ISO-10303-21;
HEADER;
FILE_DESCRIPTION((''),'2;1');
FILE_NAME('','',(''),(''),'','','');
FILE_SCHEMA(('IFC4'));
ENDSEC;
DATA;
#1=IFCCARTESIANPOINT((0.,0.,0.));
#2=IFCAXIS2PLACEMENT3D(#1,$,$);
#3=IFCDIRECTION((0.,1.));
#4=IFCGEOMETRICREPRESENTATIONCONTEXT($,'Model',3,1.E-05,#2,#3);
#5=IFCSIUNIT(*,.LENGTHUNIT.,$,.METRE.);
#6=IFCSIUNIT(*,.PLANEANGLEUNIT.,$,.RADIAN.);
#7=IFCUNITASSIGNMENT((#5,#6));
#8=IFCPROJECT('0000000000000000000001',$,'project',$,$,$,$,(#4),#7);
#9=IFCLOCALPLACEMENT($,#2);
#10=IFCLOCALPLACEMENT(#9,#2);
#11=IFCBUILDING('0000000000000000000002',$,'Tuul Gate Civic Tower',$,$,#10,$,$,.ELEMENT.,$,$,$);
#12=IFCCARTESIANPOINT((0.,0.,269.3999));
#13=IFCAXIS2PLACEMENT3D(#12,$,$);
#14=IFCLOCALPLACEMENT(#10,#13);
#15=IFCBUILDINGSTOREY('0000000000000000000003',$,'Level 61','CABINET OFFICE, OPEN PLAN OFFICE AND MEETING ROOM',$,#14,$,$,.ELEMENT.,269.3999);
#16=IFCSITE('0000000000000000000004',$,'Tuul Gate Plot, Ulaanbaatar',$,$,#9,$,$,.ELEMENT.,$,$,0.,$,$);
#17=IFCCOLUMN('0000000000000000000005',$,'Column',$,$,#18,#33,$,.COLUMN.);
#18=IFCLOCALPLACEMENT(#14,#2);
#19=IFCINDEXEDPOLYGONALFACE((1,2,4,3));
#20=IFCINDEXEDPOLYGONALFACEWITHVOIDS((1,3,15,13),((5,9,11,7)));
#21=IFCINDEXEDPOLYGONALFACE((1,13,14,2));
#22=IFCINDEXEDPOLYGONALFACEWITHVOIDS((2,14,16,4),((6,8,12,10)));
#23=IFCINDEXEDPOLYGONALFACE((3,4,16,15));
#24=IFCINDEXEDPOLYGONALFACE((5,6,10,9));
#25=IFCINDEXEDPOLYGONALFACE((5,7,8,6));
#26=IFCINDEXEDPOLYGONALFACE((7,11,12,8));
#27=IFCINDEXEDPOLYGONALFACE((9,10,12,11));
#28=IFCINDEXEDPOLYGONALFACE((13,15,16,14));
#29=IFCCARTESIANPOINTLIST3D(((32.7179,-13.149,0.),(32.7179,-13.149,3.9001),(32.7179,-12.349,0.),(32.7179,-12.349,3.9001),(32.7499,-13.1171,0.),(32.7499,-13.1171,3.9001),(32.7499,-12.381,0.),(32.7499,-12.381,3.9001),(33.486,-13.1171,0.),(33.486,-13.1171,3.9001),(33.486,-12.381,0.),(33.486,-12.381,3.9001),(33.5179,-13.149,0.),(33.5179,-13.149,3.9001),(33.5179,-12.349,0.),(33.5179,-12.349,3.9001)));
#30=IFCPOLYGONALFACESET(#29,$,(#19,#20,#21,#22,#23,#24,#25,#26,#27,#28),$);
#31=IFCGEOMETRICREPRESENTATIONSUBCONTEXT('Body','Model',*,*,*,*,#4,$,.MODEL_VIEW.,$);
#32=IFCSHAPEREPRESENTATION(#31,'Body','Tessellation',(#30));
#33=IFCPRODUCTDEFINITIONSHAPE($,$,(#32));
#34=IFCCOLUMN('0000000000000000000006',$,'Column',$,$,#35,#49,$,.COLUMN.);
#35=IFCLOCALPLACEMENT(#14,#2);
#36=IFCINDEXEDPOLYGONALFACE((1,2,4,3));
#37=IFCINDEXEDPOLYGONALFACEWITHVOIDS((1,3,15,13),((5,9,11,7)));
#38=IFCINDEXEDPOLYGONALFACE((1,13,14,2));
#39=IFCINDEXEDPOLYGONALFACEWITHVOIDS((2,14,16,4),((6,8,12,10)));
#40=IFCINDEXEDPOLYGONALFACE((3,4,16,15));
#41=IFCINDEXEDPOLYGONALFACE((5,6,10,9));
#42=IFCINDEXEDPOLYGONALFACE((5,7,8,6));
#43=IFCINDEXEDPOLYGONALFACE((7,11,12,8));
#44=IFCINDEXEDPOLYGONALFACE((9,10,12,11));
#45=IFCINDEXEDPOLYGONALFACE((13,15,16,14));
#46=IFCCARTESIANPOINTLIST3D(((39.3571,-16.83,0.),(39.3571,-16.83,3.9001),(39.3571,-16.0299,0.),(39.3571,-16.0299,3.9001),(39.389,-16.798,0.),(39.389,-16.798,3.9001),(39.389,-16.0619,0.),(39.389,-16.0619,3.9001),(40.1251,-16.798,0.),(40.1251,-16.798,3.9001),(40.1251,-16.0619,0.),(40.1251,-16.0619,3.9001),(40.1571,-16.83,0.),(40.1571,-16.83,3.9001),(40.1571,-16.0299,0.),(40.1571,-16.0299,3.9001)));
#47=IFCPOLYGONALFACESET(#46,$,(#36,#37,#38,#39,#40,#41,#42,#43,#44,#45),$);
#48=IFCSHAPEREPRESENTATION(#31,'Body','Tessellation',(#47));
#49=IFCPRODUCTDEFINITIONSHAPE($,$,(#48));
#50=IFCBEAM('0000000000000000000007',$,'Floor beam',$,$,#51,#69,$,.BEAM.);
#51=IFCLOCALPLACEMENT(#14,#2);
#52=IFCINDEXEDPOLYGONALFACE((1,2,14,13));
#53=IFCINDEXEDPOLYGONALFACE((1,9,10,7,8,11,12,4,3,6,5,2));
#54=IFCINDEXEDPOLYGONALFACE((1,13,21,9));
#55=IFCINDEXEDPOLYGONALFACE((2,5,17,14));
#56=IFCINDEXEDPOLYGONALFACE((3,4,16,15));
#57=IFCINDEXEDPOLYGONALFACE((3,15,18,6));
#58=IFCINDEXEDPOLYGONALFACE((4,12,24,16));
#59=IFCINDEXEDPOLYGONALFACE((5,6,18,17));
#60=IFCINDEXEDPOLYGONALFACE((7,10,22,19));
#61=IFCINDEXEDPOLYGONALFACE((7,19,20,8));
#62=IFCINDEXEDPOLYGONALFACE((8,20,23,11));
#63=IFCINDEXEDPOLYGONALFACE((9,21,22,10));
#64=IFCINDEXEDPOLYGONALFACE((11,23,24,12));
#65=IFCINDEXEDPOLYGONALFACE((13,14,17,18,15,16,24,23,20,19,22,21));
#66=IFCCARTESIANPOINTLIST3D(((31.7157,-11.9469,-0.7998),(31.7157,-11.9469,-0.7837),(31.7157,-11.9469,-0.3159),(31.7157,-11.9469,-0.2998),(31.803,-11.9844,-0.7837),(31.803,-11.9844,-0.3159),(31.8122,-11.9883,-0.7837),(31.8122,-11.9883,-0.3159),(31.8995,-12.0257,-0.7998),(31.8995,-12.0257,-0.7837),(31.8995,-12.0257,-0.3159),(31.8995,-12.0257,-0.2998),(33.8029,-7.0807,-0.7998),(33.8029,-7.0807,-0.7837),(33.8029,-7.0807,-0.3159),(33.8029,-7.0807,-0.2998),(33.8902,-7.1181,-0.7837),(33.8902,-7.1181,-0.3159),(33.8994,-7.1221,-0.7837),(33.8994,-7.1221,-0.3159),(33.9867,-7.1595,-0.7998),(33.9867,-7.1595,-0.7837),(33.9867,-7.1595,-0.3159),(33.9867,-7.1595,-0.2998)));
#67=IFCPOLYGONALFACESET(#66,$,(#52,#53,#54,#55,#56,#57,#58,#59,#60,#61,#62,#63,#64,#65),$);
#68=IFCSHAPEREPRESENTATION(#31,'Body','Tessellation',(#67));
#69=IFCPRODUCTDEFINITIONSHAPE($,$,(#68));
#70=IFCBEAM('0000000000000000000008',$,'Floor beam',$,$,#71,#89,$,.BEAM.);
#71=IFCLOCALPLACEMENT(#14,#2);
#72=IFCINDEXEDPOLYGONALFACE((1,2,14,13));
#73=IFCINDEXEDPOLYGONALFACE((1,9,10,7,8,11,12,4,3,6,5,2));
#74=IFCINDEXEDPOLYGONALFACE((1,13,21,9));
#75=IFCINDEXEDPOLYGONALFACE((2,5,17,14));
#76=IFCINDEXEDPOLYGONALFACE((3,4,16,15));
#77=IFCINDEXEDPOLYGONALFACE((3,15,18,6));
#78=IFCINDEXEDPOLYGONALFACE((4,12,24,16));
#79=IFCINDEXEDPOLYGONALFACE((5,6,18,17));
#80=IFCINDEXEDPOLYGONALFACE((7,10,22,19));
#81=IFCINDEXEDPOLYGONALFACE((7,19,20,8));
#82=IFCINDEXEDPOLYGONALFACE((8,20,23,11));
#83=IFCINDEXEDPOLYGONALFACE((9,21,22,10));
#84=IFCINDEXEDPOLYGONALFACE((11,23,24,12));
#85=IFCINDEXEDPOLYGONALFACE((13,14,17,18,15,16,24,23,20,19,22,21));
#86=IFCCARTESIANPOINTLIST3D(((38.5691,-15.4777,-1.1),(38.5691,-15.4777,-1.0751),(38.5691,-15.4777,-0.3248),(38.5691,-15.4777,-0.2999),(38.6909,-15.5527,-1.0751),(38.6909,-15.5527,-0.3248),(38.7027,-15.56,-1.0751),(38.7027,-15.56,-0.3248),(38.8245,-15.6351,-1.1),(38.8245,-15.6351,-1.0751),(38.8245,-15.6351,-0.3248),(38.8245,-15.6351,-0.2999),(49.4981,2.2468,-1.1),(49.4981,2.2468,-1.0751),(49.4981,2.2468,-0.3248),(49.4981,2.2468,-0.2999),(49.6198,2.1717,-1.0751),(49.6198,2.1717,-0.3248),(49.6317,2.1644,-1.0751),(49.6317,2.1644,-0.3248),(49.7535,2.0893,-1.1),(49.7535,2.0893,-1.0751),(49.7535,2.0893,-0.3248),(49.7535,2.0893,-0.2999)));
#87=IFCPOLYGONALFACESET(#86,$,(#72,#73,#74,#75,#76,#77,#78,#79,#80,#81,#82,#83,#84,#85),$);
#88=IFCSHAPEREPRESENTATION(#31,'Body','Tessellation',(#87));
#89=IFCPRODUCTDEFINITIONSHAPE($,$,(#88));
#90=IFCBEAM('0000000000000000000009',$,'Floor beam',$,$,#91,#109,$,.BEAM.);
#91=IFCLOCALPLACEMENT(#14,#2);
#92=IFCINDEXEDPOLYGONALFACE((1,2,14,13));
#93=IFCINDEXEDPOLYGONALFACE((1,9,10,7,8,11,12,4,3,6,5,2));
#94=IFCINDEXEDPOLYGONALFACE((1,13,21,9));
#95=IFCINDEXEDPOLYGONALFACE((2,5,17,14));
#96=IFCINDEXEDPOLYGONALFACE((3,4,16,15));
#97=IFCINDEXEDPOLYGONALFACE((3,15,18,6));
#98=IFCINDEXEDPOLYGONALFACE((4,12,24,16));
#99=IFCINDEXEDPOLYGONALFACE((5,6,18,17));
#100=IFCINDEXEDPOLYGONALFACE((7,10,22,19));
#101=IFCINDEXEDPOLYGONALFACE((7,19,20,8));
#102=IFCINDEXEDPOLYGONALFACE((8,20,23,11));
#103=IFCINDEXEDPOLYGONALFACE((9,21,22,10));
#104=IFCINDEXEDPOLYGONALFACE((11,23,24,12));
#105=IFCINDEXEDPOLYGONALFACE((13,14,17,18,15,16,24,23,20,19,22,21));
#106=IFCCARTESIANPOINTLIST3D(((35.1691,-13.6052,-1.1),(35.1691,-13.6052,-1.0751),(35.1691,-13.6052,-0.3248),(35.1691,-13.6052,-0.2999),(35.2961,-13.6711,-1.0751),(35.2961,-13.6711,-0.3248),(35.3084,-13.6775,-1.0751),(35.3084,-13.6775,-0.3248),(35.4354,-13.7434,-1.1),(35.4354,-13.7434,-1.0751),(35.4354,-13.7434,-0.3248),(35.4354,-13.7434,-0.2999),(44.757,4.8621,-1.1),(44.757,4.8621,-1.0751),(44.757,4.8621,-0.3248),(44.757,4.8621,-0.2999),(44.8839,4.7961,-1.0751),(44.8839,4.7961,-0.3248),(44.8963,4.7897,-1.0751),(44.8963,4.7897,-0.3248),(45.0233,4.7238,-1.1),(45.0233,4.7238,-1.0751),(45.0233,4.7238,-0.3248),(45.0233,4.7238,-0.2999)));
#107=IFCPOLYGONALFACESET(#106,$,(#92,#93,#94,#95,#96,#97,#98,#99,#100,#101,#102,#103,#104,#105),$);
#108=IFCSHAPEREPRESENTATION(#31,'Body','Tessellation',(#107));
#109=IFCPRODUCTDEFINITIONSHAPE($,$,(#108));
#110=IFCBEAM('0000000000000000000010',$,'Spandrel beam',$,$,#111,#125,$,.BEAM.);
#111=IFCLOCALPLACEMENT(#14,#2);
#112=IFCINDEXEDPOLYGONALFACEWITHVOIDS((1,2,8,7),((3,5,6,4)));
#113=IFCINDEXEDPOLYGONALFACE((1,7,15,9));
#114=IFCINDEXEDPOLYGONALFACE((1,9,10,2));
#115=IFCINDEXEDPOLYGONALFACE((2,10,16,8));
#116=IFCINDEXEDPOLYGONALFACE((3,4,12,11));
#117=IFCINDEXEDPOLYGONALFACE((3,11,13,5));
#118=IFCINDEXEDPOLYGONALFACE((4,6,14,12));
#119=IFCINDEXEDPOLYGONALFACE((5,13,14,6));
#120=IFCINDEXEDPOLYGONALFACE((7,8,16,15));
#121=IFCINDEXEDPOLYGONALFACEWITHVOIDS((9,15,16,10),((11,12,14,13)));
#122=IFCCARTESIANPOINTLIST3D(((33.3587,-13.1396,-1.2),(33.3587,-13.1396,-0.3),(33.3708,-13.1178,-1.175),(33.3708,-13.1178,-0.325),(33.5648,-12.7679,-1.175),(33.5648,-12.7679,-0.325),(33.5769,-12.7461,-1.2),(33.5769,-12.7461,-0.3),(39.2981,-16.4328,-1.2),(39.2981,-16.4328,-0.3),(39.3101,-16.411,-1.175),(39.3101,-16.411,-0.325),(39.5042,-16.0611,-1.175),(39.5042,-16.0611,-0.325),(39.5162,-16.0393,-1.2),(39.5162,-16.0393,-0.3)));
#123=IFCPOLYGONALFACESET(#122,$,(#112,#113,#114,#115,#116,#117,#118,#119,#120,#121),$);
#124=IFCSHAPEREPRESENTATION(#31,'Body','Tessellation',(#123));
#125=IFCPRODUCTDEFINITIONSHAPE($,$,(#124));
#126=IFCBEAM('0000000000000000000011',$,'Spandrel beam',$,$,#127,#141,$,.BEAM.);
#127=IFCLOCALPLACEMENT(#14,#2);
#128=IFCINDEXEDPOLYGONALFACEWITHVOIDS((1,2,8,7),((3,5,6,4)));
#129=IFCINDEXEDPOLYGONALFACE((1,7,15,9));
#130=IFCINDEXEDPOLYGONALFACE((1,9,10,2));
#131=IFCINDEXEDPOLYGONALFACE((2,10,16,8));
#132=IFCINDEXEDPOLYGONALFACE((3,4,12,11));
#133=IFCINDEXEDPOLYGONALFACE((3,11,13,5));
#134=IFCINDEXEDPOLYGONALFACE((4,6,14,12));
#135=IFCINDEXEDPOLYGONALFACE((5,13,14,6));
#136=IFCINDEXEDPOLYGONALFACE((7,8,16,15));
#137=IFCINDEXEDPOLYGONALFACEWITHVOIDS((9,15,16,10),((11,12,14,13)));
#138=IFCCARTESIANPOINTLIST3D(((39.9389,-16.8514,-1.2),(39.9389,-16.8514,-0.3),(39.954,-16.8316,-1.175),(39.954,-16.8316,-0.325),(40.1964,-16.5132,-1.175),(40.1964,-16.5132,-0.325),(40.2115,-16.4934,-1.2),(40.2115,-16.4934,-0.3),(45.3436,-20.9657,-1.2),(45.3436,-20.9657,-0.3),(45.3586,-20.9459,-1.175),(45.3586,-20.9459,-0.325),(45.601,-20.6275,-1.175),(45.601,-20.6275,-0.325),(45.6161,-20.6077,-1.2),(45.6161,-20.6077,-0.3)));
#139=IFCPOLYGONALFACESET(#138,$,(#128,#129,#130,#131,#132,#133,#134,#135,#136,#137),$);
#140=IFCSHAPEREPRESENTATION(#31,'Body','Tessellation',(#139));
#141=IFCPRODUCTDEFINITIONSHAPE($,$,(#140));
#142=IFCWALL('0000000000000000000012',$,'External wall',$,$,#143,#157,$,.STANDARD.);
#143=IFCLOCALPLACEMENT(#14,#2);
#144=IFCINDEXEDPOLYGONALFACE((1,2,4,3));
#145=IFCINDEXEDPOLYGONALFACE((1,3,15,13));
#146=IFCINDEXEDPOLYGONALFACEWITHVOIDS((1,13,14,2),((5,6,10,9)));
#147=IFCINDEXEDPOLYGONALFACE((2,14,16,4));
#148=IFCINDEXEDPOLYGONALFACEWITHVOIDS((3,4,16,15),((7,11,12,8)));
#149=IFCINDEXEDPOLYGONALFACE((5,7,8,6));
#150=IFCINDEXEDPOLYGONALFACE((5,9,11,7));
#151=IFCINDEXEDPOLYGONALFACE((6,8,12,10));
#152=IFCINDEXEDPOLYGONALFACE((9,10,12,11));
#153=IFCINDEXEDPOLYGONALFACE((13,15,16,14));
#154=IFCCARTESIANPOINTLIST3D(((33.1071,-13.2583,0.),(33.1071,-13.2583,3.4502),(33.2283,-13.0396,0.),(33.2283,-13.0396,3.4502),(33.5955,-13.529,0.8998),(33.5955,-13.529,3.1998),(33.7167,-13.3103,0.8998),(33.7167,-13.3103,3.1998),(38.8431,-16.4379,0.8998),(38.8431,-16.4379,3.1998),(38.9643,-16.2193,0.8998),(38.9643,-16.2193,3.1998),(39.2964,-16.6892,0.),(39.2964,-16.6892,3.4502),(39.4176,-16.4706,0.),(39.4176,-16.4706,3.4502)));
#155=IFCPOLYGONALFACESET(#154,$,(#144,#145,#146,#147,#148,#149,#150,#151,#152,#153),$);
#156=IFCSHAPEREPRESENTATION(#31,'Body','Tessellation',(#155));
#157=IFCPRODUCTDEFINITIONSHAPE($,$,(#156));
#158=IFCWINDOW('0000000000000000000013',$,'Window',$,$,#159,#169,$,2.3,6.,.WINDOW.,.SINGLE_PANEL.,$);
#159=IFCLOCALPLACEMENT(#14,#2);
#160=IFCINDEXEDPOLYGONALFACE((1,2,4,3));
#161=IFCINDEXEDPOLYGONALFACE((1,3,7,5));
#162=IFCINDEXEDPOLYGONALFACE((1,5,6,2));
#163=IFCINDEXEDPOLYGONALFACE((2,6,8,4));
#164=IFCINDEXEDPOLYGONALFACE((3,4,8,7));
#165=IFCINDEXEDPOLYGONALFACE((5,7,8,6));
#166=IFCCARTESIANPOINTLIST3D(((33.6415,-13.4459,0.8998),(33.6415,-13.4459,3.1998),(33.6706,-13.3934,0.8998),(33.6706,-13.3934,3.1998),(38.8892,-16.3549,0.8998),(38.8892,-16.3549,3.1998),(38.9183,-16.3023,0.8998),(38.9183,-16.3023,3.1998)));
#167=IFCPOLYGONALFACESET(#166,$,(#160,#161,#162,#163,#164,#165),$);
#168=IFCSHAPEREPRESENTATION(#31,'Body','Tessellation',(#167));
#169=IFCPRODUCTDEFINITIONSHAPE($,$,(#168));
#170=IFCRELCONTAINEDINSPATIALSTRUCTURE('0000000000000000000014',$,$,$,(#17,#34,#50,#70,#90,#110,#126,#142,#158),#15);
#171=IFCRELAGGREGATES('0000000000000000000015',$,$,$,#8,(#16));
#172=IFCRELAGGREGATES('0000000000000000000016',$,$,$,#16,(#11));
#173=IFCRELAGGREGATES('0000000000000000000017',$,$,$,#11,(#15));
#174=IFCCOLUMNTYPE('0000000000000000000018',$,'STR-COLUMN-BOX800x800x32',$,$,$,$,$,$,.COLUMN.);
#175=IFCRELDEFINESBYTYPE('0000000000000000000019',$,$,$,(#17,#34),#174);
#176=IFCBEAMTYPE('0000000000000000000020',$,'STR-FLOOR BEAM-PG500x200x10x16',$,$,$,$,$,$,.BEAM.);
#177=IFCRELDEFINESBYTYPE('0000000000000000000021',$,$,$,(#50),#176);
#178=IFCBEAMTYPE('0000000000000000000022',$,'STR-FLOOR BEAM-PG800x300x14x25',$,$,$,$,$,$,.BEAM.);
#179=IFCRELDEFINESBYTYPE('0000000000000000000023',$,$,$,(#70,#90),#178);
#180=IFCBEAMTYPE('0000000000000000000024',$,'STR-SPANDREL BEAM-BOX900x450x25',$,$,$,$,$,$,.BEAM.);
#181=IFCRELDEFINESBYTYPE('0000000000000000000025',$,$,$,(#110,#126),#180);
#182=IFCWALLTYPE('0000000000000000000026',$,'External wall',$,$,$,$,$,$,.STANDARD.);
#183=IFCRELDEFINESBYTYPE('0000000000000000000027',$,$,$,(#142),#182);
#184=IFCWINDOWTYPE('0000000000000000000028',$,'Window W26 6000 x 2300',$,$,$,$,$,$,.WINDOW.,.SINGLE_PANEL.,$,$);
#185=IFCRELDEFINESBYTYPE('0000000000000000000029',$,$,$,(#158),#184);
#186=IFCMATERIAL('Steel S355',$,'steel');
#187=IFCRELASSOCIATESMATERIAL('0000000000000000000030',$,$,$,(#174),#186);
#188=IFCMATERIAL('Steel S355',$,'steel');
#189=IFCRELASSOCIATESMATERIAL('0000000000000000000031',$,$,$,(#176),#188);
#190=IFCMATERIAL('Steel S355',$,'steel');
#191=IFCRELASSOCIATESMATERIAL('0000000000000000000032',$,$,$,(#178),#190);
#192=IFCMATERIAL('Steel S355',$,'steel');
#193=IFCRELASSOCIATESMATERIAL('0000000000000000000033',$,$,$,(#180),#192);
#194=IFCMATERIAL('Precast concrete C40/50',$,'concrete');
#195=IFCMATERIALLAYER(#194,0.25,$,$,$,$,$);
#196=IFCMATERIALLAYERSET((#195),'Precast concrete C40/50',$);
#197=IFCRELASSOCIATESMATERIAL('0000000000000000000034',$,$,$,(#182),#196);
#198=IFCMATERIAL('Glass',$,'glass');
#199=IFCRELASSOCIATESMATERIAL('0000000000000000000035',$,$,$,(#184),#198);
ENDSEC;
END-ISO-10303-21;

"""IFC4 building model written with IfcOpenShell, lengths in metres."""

from ifc_helpers import new_model, si_unit, direction, frame, frame_2d, origin, origin_2d, place, context, subcontext, project, spatial, rectangle, hollow_rectangle, i_section, extrude, material, layer, layer_set, material_profile, profile_set, type_object, element, fill, save


model = new_model("IFC4")

# Units and contexts
model_context = context("Model", 3, precision=1e-05, world=origin(), true_north=direction((0.0, 1.0)))
body_context = subcontext(model_context, "Body", "Model", "MODEL_VIEW")
ifc_project = project(units=[si_unit("LENGTHUNIT", "METRE"), si_unit("PLANEANGLEUNIT", "RADIAN")], contexts=[model_context])

# Site, building, storey
site_placement = place(None, origin())
site = spatial("IfcSite", under=ifc_project, at=site_placement, Name="Tuul Gate Plot, Ulaanbaatar", CompositionType="ELEMENT", RefElevation=0.0)
building_placement = place(site_placement, origin())
building = spatial("IfcBuilding", under=site, at=building_placement, Name="Tuul Gate Civic Tower", CompositionType="ELEMENT")
storey_placement = place(building_placement, frame((0.0, 0.0, 269.3999)))
storey = spatial("IfcBuildingStorey", under=building, at=storey_placement, Name="Level 61", Description="CABINET OFFICE, OPEN PLAN OFFICE AND MEETING ROOM", CompositionType="ELEMENT", Elevation=269.3999)

# Columns
ifc_material_1 = material(Name="Steel S355", Category="steel")
ifc_material_profile_1 = material_profile(ifc_material_1, hollow_rectangle(XDim=0.8, YDim=0.8, WallThickness=0.032, at=origin_2d()), Name="BOX800x800x32")
ifc_profile_set_1 = profile_set([ifc_material_profile_1], Name="Steel S355")
column_type = type_object("IfcColumnType", Name="STR-COLUMN-BOX800x800x32", PredefinedType="COLUMN", material=ifc_profile_set_1)
for number, where, z_axis, x_axis, name in (
    (1, (33.1179, -12.749, 0.0), (0.0, 0.0, 1.0), (1.0, 0.0, 0.0), "Column"),
    (2, (39.7571, -16.4299, 0.0), (0.0, 0.0, 1.0), (1.0, 0.0, 0.0), "Column"),
):
    element("IfcColumn", number, at=place(storey_placement, frame(where, z_axis=z_axis, x_axis=x_axis)), inside=storey, type_object=column_type, Name=name, PredefinedType="COLUMN", context=body_context, shape_type="SweptSolid", body=[
        extrude(hollow_rectangle(XDim=0.8, YDim=0.8, WallThickness=0.032, at=origin_2d()), origin(), (0.0, 0.0, 1.0), 3.9001),
    ])

# Beams
ifc_material_2 = material(Name="Steel S355", Category="steel")
ifc_material_profile_2 = material_profile(ifc_material_2, i_section(OverallWidth=0.2, OverallDepth=0.5, WebThickness=0.01, FlangeThickness=0.0161, at=origin_2d()), Name="PG500x200x10x16")
ifc_profile_set_2 = profile_set([ifc_material_profile_2], Name="Steel S355")
beam_type_1 = type_object("IfcBeamType", Name="STR-FLOOR BEAM-PG500x200x10x16", PredefinedType="BEAM", material=ifc_profile_set_2)
beam_1_placement = place(storey_placement, frame((31.8076, -11.9863, -0.5498), z_axis=(0.394181, 0.919033, 0.0), x_axis=(-0.919033, 0.394181, 0.0)))
element("IfcBeam", 3, at=beam_1_placement, inside=storey, type_object=beam_type_1, Name="Floor beam", PredefinedType="BEAM", context=body_context, shape_type="SweptSolid", body=[
    extrude(i_section(OverallWidth=0.2, OverallDepth=0.5, WebThickness=0.01, FlangeThickness=0.0161, at=origin_2d()), origin(), (0.0, 0.0, 1.0), 5.2949),
])
ifc_material_3 = material(Name="Steel S355", Category="steel")
ifc_material_profile_3 = material_profile(ifc_material_3, i_section(OverallWidth=0.3, OverallDepth=0.8, WebThickness=0.0139, FlangeThickness=0.0249, at=origin_2d()), Name="PG800x300x14x25")
ifc_profile_set_3 = profile_set([ifc_material_profile_3], Name="Steel S355")
beam_type_2 = type_object("IfcBeamType", Name="STR-FLOOR BEAM-PG800x300x14x25", PredefinedType="BEAM", material=ifc_profile_set_3)
beam_2_placement = place(storey_placement, frame((38.6968, -15.5564, -0.7), z_axis=(0.524851, 0.851194, 0.0), x_axis=(-0.851194, 0.524851, 0.0)))
element("IfcBeam", 4, at=beam_2_placement, inside=storey, type_object=beam_type_2, Name="Floor beam", PredefinedType="BEAM", context=body_context, shape_type="SweptSolid", body=[
    extrude(i_section(OverallWidth=0.3, OverallDepth=0.8, WebThickness=0.0139, FlangeThickness=0.0249, at=origin_2d()), origin(), (0.0, 0.0, 1.0), 20.823),
])
beam_3_placement = place(storey_placement, frame((35.3022, -13.6743, -0.7), z_axis=(0.460782, 0.887514, 0.0), x_axis=(-0.887514, 0.460782, 0.0)))
element("IfcBeam", 5, at=beam_3_placement, inside=storey, type_object=beam_type_2, Name="Floor beam", PredefinedType="BEAM", context=body_context, shape_type="SweptSolid", body=[
    extrude(i_section(OverallWidth=0.3, OverallDepth=0.8, WebThickness=0.0139, FlangeThickness=0.0249, at=origin_2d()), origin(), (0.0, 0.0, 1.0), 20.8079),
])
ifc_material_4 = material(Name="Steel S355", Category="steel")
ifc_material_profile_4 = material_profile(ifc_material_4, hollow_rectangle(XDim=0.45, YDim=0.8999, WallThickness=0.0249, at=origin_2d()), Name="BOX900x450x25")
ifc_profile_set_4 = profile_set([ifc_material_profile_4], Name="Steel S355")
beam_type_3 = type_object("IfcBeamType", Name="STR-SPANDREL BEAM-BOX900x450x25", PredefinedType="BEAM", material=ifc_profile_set_4)
beam_4_placement = place(storey_placement, frame((33.4678, -12.9429, -0.75), z_axis=(0.874562, -0.484913, 0.0), x_axis=(0.484913, 0.874562, 0.0)))
element("IfcBeam", 6, at=beam_4_placement, inside=storey, type_object=beam_type_3, Name="Spandrel beam", PredefinedType="BEAM", context=body_context, shape_type="SweptSolid", body=[
    extrude(hollow_rectangle(XDim=0.45, YDim=0.8999, WallThickness=0.0249, at=origin_2d()), origin(), (0.0, 0.0, 1.0), 6.7913),
])
beam_5_placement = place(storey_placement, frame((40.0752, -16.6724, -0.75), z_axis=(0.795679, -0.605718, 0.0), x_axis=(0.605718, 0.795679, 0.0)))
element("IfcBeam", 7, at=beam_5_placement, inside=storey, type_object=beam_type_3, Name="Spandrel beam", PredefinedType="BEAM", context=body_context, shape_type="SweptSolid", body=[
    extrude(hollow_rectangle(XDim=0.45, YDim=0.8999, WallThickness=0.0249, at=origin_2d()), origin(), (0.0, 0.0, 1.0), 6.7925),
])

# Wall, opening, window
ifc_material_5 = material(Name="Precast concrete C40/50", Category="concrete")
ifc_layer = layer(ifc_material_5, 0.25)
ifc_layer_set = layer_set([ifc_layer], Name="Precast concrete C40/50")
wall_type = type_object("IfcWallType", Name="External wall", PredefinedType="STANDARD", material=ifc_layer_set)
wall_1_placement = place(storey_placement, frame((33.1677, -13.1489, 0.0), z_axis=(0.0, 0.0, 1.0), x_axis=(0.874609, -0.484828, 0.0)))
wall_1 = element("IfcWall", 8, at=wall_1_placement, inside=storey, type_object=wall_type, Name="External wall", PredefinedType="STANDARD", context=body_context, shape_type="SweptSolid", body=[
    extrude(rectangle(XDim=7.0767, YDim=0.25, at=frame_2d((3.5383, 0.0))), origin(), (0.0, 0.0, 1.0), 3.4502),
])
opening_1_placement = place(wall_1_placement, frame((0.5583, 0.0, 0.8999)))
opening_1 = element("IfcOpeningElement", 9, at=opening_1_placement, cuts=wall_1, PredefinedType="OPENING", context=body_context, shape_type="SweptSolid", body=[
    extrude(rectangle(XDim=6.0, YDim=2.3, at=frame_2d((3.0, 1.1499))), frame((0.0, 0.135, 0.0), z_axis=(0.0, -1.0, 0.0), x_axis=(1.0, 0.0, 0.0)), (0.0, 0.0, 1.0), 0.27),
])
ifc_material_6 = material(Name="Glass", Category="glass")
window_type = type_object("IfcWindowType", Name="Window W26 6000 x 2300", PartitioningType="SINGLE_PANEL", PredefinedType="WINDOW", material=ifc_material_6)
window_1_placement = place(opening_1_placement, origin())
window_1 = element("IfcWindow", 10, at=window_1_placement, inside=storey, type_object=window_type, Name="Window", OverallHeight=2.3, OverallWidth=6.0, PartitioningType="SINGLE_PANEL", PredefinedType="WINDOW", context=body_context, shape_type="SweptSolid", body=[
    extrude(rectangle(XDim=6.0, YDim=2.3, at=frame_2d((3.0, 1.1499))), frame((0.0, 0.03, 0.0), z_axis=(0.0, -1.0, 0.0), x_axis=(1.0, 0.0, 0.0)), (0.0, 0.0, 1.0), 0.0601),
])
fill(opening_1, window_1)

save(model, "model.ifc")
